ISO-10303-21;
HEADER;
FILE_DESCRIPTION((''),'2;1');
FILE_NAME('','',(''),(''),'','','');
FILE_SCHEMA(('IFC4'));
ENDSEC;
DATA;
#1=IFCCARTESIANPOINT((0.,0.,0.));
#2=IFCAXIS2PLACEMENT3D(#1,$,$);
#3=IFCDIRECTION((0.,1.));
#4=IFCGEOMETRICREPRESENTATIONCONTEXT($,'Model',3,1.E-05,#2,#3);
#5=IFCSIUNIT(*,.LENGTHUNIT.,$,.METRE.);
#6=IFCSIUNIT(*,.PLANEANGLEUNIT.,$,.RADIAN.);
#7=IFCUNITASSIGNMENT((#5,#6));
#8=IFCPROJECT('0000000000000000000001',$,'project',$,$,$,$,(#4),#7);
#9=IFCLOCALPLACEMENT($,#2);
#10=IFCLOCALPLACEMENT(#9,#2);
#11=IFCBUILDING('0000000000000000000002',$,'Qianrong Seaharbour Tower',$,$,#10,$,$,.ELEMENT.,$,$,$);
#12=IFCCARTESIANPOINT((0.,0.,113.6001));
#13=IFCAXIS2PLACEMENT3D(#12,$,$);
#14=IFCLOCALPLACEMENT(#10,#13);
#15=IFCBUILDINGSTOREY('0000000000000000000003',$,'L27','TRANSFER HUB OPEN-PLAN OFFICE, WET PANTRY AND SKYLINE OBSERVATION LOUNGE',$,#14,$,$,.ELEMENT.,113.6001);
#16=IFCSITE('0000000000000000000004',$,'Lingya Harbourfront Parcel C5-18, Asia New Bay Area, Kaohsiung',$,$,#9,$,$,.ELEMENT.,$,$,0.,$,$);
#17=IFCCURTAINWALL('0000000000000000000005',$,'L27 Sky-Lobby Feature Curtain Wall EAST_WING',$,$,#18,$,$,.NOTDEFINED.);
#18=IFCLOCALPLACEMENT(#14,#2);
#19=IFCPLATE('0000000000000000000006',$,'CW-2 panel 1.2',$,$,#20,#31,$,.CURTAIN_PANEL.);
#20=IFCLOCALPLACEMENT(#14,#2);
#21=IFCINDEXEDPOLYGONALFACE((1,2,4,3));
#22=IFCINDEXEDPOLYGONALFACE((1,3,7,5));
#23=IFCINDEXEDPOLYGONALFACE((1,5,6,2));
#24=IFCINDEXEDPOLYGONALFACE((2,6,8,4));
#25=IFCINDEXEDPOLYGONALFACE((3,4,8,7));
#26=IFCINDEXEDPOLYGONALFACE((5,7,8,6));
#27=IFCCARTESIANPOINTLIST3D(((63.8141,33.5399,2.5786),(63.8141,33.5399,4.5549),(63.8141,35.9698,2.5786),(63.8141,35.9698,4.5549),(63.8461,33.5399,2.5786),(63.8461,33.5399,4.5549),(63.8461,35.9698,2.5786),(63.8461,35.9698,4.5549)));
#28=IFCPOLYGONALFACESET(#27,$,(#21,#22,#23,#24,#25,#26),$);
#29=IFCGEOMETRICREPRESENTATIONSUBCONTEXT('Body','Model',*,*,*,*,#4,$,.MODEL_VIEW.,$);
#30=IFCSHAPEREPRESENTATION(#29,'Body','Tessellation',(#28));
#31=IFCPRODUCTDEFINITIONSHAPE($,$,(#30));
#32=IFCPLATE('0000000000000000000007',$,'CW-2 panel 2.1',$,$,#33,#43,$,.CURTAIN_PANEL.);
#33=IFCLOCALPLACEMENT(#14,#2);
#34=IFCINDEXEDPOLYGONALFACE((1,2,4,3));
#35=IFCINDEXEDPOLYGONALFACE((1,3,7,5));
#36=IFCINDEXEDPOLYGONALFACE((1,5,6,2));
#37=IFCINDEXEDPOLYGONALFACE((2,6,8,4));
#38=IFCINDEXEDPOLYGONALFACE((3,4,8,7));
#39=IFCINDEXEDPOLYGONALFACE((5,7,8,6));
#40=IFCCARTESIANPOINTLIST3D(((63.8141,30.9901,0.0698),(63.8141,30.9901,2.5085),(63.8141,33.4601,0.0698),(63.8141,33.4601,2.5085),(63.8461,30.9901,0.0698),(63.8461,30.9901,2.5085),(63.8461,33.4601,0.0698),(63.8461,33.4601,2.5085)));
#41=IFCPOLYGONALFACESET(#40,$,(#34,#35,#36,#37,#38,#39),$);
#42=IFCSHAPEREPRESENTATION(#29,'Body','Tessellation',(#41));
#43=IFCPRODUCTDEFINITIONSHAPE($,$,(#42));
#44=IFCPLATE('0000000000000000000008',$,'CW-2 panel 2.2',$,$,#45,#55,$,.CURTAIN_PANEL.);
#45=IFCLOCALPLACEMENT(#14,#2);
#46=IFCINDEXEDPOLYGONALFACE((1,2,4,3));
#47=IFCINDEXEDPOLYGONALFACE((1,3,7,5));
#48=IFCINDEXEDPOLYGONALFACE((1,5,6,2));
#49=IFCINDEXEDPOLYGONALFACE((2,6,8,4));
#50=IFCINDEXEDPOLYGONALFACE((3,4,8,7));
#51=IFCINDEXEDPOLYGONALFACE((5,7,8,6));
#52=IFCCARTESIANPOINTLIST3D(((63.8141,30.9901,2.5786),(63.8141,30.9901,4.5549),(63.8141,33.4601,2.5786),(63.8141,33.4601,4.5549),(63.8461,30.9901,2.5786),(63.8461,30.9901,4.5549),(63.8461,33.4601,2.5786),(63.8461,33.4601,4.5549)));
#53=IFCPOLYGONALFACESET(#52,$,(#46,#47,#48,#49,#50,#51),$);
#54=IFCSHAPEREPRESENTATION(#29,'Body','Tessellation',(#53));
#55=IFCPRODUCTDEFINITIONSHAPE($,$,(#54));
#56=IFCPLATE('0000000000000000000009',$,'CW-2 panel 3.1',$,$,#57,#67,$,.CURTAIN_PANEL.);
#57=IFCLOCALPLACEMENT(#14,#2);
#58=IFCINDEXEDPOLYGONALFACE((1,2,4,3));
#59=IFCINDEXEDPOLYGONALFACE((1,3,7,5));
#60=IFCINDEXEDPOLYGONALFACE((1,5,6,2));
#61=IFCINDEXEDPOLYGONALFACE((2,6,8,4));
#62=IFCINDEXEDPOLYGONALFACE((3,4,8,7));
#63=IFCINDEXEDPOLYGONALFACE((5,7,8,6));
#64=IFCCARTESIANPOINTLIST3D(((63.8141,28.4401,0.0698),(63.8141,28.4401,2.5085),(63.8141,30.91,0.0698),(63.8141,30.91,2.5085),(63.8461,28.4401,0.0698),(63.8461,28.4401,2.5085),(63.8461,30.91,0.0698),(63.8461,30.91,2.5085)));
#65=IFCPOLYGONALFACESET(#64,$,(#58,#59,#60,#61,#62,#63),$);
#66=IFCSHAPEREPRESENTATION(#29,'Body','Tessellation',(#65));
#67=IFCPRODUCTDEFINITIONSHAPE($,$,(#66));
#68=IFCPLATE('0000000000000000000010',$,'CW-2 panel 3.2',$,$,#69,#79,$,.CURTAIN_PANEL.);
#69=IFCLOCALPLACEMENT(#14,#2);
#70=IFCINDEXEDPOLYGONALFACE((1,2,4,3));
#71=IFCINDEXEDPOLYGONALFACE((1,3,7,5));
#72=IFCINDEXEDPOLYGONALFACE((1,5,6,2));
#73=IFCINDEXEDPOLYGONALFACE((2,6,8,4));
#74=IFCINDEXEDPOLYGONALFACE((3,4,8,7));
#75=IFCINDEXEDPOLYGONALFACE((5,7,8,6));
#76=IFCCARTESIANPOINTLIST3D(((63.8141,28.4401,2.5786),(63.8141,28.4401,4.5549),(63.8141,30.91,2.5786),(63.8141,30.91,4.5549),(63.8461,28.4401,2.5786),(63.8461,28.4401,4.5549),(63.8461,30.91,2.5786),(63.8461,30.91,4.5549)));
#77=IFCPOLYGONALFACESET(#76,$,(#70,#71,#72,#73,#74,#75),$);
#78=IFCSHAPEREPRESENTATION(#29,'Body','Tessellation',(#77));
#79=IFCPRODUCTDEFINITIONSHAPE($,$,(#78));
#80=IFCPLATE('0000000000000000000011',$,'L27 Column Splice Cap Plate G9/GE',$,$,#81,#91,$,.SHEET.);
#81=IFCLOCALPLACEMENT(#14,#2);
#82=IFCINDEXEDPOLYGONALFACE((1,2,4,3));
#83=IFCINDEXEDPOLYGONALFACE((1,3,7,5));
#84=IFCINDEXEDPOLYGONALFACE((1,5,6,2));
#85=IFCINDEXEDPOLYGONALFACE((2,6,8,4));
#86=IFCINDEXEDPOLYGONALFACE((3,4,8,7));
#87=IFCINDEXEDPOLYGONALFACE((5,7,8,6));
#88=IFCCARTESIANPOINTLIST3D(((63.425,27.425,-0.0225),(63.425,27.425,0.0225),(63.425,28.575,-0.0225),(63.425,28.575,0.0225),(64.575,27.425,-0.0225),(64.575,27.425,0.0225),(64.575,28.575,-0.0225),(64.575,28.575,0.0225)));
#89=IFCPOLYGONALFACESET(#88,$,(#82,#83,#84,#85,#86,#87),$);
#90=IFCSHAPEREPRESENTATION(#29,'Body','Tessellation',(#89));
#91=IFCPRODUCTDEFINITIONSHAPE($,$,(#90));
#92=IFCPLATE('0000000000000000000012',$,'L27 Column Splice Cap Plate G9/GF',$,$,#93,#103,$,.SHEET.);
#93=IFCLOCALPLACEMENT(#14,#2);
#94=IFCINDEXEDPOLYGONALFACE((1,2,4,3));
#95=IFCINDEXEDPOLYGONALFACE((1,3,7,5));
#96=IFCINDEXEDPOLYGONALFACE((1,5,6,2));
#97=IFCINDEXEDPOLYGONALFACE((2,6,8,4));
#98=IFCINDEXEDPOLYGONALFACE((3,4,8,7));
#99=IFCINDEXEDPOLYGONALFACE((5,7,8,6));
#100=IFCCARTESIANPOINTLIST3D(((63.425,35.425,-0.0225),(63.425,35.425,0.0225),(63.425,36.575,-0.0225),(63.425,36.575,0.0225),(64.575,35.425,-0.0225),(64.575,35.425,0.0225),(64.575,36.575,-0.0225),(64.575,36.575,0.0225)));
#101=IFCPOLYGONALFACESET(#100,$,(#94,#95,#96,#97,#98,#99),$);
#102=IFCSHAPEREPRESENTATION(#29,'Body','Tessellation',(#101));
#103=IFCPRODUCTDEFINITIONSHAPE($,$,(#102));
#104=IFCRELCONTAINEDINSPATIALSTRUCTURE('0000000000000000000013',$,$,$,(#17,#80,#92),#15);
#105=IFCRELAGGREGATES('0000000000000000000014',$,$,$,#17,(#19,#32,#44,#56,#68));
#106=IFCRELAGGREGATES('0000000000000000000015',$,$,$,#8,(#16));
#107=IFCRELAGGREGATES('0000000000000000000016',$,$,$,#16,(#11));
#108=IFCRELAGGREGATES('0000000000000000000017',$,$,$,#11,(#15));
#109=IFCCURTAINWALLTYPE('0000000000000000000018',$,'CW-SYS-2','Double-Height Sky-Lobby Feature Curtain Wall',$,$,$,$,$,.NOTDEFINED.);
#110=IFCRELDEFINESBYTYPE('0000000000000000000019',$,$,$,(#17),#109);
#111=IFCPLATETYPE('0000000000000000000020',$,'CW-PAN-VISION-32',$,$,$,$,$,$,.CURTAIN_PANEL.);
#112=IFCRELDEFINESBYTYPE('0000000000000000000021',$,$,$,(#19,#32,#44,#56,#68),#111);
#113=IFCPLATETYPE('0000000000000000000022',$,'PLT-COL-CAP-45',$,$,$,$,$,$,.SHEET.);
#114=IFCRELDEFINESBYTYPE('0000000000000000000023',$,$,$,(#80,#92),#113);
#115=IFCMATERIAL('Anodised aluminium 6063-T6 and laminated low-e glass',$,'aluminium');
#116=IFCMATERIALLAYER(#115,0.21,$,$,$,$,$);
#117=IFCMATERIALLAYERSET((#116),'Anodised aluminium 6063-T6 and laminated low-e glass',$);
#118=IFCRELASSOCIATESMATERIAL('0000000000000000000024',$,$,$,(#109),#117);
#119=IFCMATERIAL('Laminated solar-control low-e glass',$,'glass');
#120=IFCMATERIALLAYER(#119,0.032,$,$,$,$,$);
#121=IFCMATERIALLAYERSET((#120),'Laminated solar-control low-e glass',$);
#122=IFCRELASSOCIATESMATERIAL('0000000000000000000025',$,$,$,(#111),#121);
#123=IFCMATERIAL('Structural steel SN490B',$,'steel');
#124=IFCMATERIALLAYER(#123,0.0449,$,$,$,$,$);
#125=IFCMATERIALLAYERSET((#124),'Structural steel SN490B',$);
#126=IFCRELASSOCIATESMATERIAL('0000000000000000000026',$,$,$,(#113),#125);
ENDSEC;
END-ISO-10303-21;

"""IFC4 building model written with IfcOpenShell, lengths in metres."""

from ifc_helpers import new_model, si_unit, direction, frame, origin, origin_2d, place, context, subcontext, project, spatial, rectangle, extrude, material, layer, layer_set, type_object, element, aggregate, save


model = new_model("IFC4")

# Units and contexts
model_context = context("Model", 3, precision=1e-05, world=origin(), true_north=direction((0.0, 1.0)))
body_context = subcontext(model_context, "Body", "Model", "MODEL_VIEW")
ifc_project = project(units=[si_unit("LENGTHUNIT", "METRE"), si_unit("PLANEANGLEUNIT", "RADIAN")], contexts=[model_context])

# Site, building, storey
site_placement = place(None, origin())
site = spatial("IfcSite", under=ifc_project, at=site_placement, Name="Lingya Harbourfront Parcel C5-18, Asia New Bay Area, Kaohsiung", CompositionType="ELEMENT", RefElevation=0.0)
building_placement = place(site_placement, origin())
building = spatial("IfcBuilding", under=site, at=building_placement, Name="Qianrong Seaharbour Tower", CompositionType="ELEMENT")
storey_placement = place(building_placement, frame((0.0, 0.0, 113.6001)))
storey = spatial("IfcBuildingStorey", under=building, at=storey_placement, Name="L27", Description="TRANSFER HUB OPEN-PLAN OFFICE, WET PANTRY AND SKYLINE OBSERVATION LOUNGE", CompositionType="ELEMENT", Elevation=113.6001)

# Shared definitions
ifc_material_1 = material(Name="Structural steel SN490B", Category="steel")

# Curtain wall, plates
ifc_material_2 = material(Name="Anodised aluminium 6063-T6 and laminated low-e glass", Category="aluminium")
ifc_layer_1 = layer(ifc_material_2, 0.21)
ifc_layer_set_1 = layer_set([ifc_layer_1], Name="Anodised aluminium 6063-T6 and laminated low-e glass")
curtain_wall_type = type_object("IfcCurtainWallType", Name="CW-SYS-2", Description="Double-Height Sky-Lobby Feature Curtain Wall", PredefinedType="NOTDEFINED", material=ifc_layer_set_1)
curtain_wall_placement = place(storey_placement, origin())
curtain_wall = element("IfcCurtainWall", 1, at=curtain_wall_placement, inside=storey, type_object=curtain_wall_type, Name="L27 Sky-Lobby Feature Curtain Wall EAST_WING", PredefinedType="NOTDEFINED")
ifc_material_3 = material(Name="Laminated solar-control low-e glass", Category="glass")
ifc_layer_2 = layer(ifc_material_3, 0.032)
ifc_layer_set_2 = layer_set([ifc_layer_2], Name="Laminated solar-control low-e glass")
plate_type_1 = type_object("IfcPlateType", Name="CW-PAN-VISION-32", PredefinedType="CURTAIN_PANEL", material=ifc_layer_set_2)
plate_1_placement = place(storey_placement, frame((63.8301, 34.7549, 2.5786), z_axis=(0.0, 0.0, 1.0), x_axis=(0.0, -1.0, 0.0)))
plate_1 = element("IfcPlate", 2, at=plate_1_placement, type_object=plate_type_1, Name="CW-2 panel 1.2", PredefinedType="CURTAIN_PANEL", context=body_context, shape_type="SweptSolid", body=[
    extrude(rectangle(XDim=2.4299, YDim=0.032, at=origin_2d()), origin(), (0.0, 0.0, 1.0), 1.9763),
])
plate_2_placement = place(storey_placement, frame((63.8301, 32.2251, 0.0698), z_axis=(0.0, 0.0, 1.0), x_axis=(0.0, -1.0, 0.0)))
plate_2 = element("IfcPlate", 3, at=plate_2_placement, type_object=plate_type_1, Name="CW-2 panel 2.1", PredefinedType="CURTAIN_PANEL", context=body_context, shape_type="SweptSolid", body=[
    extrude(rectangle(XDim=2.47, YDim=0.032, at=origin_2d()), origin(), (0.0, 0.0, 1.0), 2.4387),
])
plate_3_placement = place(storey_placement, frame((63.8301, 32.2251, 2.5786), z_axis=(0.0, 0.0, 1.0), x_axis=(0.0, -1.0, 0.0)))
plate_3 = element("IfcPlate", 4, at=plate_3_placement, type_object=plate_type_1, Name="CW-2 panel 2.2", PredefinedType="CURTAIN_PANEL", context=body_context, shape_type="SweptSolid", body=[
    extrude(rectangle(XDim=2.47, YDim=0.032, at=origin_2d()), origin(), (0.0, 0.0, 1.0), 1.9763),
])
plate_4_placement = place(storey_placement, frame((63.8301, 29.675, 0.0698), z_axis=(0.0, 0.0, 1.0), x_axis=(0.0, -1.0, 0.0)))
plate_4 = element("IfcPlate", 5, at=plate_4_placement, type_object=plate_type_1, Name="CW-2 panel 3.1", PredefinedType="CURTAIN_PANEL", context=body_context, shape_type="SweptSolid", body=[
    extrude(rectangle(XDim=2.47, YDim=0.032, at=origin_2d()), origin(), (0.0, 0.0, 1.0), 2.4387),
])
plate_5_placement = place(storey_placement, frame((63.8301, 29.675, 2.5786), z_axis=(0.0, 0.0, 1.0), x_axis=(0.0, -1.0, 0.0)))
plate_5 = element("IfcPlate", 6, at=plate_5_placement, type_object=plate_type_1, Name="CW-2 panel 3.2", PredefinedType="CURTAIN_PANEL", context=body_context, shape_type="SweptSolid", body=[
    extrude(rectangle(XDim=2.47, YDim=0.032, at=origin_2d()), origin(), (0.0, 0.0, 1.0), 1.9763),
])
aggregate(curtain_wall, [plate_1, plate_2, plate_3, plate_4, plate_5])

# Plates
ifc_layer_3 = layer(ifc_material_1, 0.0449)
ifc_layer_set_3 = layer_set([ifc_layer_3], Name="Structural steel SN490B")
plate_type_2 = type_object("IfcPlateType", Name="PLT-COL-CAP-45", PredefinedType="SHEET", material=ifc_layer_set_3)
for number, where, z_axis, x_axis, name in (
    (7, (64.0, 28.0, -0.0225), (0.0, 0.0, 1.0), (1.0, 0.0, 0.0), "L27 Column Splice Cap Plate G9/GE"),
    (8, (64.0, 36.0, -0.0225), (0.0, 0.0, 1.0), (1.0, 0.0, 0.0), "L27 Column Splice Cap Plate G9/GF"),
):
    element("IfcPlate", number, at=place(storey_placement, frame(where, z_axis=z_axis, x_axis=x_axis)), inside=storey, type_object=plate_type_2, Name=name, PredefinedType="SHEET", context=body_context, shape_type="SweptSolid", body=[
        extrude(rectangle(XDim=1.1499, YDim=1.1499, at=origin_2d()), origin(), (0.0, 0.0, 1.0), 0.0449),
    ])

save(model, "model.ifc")
